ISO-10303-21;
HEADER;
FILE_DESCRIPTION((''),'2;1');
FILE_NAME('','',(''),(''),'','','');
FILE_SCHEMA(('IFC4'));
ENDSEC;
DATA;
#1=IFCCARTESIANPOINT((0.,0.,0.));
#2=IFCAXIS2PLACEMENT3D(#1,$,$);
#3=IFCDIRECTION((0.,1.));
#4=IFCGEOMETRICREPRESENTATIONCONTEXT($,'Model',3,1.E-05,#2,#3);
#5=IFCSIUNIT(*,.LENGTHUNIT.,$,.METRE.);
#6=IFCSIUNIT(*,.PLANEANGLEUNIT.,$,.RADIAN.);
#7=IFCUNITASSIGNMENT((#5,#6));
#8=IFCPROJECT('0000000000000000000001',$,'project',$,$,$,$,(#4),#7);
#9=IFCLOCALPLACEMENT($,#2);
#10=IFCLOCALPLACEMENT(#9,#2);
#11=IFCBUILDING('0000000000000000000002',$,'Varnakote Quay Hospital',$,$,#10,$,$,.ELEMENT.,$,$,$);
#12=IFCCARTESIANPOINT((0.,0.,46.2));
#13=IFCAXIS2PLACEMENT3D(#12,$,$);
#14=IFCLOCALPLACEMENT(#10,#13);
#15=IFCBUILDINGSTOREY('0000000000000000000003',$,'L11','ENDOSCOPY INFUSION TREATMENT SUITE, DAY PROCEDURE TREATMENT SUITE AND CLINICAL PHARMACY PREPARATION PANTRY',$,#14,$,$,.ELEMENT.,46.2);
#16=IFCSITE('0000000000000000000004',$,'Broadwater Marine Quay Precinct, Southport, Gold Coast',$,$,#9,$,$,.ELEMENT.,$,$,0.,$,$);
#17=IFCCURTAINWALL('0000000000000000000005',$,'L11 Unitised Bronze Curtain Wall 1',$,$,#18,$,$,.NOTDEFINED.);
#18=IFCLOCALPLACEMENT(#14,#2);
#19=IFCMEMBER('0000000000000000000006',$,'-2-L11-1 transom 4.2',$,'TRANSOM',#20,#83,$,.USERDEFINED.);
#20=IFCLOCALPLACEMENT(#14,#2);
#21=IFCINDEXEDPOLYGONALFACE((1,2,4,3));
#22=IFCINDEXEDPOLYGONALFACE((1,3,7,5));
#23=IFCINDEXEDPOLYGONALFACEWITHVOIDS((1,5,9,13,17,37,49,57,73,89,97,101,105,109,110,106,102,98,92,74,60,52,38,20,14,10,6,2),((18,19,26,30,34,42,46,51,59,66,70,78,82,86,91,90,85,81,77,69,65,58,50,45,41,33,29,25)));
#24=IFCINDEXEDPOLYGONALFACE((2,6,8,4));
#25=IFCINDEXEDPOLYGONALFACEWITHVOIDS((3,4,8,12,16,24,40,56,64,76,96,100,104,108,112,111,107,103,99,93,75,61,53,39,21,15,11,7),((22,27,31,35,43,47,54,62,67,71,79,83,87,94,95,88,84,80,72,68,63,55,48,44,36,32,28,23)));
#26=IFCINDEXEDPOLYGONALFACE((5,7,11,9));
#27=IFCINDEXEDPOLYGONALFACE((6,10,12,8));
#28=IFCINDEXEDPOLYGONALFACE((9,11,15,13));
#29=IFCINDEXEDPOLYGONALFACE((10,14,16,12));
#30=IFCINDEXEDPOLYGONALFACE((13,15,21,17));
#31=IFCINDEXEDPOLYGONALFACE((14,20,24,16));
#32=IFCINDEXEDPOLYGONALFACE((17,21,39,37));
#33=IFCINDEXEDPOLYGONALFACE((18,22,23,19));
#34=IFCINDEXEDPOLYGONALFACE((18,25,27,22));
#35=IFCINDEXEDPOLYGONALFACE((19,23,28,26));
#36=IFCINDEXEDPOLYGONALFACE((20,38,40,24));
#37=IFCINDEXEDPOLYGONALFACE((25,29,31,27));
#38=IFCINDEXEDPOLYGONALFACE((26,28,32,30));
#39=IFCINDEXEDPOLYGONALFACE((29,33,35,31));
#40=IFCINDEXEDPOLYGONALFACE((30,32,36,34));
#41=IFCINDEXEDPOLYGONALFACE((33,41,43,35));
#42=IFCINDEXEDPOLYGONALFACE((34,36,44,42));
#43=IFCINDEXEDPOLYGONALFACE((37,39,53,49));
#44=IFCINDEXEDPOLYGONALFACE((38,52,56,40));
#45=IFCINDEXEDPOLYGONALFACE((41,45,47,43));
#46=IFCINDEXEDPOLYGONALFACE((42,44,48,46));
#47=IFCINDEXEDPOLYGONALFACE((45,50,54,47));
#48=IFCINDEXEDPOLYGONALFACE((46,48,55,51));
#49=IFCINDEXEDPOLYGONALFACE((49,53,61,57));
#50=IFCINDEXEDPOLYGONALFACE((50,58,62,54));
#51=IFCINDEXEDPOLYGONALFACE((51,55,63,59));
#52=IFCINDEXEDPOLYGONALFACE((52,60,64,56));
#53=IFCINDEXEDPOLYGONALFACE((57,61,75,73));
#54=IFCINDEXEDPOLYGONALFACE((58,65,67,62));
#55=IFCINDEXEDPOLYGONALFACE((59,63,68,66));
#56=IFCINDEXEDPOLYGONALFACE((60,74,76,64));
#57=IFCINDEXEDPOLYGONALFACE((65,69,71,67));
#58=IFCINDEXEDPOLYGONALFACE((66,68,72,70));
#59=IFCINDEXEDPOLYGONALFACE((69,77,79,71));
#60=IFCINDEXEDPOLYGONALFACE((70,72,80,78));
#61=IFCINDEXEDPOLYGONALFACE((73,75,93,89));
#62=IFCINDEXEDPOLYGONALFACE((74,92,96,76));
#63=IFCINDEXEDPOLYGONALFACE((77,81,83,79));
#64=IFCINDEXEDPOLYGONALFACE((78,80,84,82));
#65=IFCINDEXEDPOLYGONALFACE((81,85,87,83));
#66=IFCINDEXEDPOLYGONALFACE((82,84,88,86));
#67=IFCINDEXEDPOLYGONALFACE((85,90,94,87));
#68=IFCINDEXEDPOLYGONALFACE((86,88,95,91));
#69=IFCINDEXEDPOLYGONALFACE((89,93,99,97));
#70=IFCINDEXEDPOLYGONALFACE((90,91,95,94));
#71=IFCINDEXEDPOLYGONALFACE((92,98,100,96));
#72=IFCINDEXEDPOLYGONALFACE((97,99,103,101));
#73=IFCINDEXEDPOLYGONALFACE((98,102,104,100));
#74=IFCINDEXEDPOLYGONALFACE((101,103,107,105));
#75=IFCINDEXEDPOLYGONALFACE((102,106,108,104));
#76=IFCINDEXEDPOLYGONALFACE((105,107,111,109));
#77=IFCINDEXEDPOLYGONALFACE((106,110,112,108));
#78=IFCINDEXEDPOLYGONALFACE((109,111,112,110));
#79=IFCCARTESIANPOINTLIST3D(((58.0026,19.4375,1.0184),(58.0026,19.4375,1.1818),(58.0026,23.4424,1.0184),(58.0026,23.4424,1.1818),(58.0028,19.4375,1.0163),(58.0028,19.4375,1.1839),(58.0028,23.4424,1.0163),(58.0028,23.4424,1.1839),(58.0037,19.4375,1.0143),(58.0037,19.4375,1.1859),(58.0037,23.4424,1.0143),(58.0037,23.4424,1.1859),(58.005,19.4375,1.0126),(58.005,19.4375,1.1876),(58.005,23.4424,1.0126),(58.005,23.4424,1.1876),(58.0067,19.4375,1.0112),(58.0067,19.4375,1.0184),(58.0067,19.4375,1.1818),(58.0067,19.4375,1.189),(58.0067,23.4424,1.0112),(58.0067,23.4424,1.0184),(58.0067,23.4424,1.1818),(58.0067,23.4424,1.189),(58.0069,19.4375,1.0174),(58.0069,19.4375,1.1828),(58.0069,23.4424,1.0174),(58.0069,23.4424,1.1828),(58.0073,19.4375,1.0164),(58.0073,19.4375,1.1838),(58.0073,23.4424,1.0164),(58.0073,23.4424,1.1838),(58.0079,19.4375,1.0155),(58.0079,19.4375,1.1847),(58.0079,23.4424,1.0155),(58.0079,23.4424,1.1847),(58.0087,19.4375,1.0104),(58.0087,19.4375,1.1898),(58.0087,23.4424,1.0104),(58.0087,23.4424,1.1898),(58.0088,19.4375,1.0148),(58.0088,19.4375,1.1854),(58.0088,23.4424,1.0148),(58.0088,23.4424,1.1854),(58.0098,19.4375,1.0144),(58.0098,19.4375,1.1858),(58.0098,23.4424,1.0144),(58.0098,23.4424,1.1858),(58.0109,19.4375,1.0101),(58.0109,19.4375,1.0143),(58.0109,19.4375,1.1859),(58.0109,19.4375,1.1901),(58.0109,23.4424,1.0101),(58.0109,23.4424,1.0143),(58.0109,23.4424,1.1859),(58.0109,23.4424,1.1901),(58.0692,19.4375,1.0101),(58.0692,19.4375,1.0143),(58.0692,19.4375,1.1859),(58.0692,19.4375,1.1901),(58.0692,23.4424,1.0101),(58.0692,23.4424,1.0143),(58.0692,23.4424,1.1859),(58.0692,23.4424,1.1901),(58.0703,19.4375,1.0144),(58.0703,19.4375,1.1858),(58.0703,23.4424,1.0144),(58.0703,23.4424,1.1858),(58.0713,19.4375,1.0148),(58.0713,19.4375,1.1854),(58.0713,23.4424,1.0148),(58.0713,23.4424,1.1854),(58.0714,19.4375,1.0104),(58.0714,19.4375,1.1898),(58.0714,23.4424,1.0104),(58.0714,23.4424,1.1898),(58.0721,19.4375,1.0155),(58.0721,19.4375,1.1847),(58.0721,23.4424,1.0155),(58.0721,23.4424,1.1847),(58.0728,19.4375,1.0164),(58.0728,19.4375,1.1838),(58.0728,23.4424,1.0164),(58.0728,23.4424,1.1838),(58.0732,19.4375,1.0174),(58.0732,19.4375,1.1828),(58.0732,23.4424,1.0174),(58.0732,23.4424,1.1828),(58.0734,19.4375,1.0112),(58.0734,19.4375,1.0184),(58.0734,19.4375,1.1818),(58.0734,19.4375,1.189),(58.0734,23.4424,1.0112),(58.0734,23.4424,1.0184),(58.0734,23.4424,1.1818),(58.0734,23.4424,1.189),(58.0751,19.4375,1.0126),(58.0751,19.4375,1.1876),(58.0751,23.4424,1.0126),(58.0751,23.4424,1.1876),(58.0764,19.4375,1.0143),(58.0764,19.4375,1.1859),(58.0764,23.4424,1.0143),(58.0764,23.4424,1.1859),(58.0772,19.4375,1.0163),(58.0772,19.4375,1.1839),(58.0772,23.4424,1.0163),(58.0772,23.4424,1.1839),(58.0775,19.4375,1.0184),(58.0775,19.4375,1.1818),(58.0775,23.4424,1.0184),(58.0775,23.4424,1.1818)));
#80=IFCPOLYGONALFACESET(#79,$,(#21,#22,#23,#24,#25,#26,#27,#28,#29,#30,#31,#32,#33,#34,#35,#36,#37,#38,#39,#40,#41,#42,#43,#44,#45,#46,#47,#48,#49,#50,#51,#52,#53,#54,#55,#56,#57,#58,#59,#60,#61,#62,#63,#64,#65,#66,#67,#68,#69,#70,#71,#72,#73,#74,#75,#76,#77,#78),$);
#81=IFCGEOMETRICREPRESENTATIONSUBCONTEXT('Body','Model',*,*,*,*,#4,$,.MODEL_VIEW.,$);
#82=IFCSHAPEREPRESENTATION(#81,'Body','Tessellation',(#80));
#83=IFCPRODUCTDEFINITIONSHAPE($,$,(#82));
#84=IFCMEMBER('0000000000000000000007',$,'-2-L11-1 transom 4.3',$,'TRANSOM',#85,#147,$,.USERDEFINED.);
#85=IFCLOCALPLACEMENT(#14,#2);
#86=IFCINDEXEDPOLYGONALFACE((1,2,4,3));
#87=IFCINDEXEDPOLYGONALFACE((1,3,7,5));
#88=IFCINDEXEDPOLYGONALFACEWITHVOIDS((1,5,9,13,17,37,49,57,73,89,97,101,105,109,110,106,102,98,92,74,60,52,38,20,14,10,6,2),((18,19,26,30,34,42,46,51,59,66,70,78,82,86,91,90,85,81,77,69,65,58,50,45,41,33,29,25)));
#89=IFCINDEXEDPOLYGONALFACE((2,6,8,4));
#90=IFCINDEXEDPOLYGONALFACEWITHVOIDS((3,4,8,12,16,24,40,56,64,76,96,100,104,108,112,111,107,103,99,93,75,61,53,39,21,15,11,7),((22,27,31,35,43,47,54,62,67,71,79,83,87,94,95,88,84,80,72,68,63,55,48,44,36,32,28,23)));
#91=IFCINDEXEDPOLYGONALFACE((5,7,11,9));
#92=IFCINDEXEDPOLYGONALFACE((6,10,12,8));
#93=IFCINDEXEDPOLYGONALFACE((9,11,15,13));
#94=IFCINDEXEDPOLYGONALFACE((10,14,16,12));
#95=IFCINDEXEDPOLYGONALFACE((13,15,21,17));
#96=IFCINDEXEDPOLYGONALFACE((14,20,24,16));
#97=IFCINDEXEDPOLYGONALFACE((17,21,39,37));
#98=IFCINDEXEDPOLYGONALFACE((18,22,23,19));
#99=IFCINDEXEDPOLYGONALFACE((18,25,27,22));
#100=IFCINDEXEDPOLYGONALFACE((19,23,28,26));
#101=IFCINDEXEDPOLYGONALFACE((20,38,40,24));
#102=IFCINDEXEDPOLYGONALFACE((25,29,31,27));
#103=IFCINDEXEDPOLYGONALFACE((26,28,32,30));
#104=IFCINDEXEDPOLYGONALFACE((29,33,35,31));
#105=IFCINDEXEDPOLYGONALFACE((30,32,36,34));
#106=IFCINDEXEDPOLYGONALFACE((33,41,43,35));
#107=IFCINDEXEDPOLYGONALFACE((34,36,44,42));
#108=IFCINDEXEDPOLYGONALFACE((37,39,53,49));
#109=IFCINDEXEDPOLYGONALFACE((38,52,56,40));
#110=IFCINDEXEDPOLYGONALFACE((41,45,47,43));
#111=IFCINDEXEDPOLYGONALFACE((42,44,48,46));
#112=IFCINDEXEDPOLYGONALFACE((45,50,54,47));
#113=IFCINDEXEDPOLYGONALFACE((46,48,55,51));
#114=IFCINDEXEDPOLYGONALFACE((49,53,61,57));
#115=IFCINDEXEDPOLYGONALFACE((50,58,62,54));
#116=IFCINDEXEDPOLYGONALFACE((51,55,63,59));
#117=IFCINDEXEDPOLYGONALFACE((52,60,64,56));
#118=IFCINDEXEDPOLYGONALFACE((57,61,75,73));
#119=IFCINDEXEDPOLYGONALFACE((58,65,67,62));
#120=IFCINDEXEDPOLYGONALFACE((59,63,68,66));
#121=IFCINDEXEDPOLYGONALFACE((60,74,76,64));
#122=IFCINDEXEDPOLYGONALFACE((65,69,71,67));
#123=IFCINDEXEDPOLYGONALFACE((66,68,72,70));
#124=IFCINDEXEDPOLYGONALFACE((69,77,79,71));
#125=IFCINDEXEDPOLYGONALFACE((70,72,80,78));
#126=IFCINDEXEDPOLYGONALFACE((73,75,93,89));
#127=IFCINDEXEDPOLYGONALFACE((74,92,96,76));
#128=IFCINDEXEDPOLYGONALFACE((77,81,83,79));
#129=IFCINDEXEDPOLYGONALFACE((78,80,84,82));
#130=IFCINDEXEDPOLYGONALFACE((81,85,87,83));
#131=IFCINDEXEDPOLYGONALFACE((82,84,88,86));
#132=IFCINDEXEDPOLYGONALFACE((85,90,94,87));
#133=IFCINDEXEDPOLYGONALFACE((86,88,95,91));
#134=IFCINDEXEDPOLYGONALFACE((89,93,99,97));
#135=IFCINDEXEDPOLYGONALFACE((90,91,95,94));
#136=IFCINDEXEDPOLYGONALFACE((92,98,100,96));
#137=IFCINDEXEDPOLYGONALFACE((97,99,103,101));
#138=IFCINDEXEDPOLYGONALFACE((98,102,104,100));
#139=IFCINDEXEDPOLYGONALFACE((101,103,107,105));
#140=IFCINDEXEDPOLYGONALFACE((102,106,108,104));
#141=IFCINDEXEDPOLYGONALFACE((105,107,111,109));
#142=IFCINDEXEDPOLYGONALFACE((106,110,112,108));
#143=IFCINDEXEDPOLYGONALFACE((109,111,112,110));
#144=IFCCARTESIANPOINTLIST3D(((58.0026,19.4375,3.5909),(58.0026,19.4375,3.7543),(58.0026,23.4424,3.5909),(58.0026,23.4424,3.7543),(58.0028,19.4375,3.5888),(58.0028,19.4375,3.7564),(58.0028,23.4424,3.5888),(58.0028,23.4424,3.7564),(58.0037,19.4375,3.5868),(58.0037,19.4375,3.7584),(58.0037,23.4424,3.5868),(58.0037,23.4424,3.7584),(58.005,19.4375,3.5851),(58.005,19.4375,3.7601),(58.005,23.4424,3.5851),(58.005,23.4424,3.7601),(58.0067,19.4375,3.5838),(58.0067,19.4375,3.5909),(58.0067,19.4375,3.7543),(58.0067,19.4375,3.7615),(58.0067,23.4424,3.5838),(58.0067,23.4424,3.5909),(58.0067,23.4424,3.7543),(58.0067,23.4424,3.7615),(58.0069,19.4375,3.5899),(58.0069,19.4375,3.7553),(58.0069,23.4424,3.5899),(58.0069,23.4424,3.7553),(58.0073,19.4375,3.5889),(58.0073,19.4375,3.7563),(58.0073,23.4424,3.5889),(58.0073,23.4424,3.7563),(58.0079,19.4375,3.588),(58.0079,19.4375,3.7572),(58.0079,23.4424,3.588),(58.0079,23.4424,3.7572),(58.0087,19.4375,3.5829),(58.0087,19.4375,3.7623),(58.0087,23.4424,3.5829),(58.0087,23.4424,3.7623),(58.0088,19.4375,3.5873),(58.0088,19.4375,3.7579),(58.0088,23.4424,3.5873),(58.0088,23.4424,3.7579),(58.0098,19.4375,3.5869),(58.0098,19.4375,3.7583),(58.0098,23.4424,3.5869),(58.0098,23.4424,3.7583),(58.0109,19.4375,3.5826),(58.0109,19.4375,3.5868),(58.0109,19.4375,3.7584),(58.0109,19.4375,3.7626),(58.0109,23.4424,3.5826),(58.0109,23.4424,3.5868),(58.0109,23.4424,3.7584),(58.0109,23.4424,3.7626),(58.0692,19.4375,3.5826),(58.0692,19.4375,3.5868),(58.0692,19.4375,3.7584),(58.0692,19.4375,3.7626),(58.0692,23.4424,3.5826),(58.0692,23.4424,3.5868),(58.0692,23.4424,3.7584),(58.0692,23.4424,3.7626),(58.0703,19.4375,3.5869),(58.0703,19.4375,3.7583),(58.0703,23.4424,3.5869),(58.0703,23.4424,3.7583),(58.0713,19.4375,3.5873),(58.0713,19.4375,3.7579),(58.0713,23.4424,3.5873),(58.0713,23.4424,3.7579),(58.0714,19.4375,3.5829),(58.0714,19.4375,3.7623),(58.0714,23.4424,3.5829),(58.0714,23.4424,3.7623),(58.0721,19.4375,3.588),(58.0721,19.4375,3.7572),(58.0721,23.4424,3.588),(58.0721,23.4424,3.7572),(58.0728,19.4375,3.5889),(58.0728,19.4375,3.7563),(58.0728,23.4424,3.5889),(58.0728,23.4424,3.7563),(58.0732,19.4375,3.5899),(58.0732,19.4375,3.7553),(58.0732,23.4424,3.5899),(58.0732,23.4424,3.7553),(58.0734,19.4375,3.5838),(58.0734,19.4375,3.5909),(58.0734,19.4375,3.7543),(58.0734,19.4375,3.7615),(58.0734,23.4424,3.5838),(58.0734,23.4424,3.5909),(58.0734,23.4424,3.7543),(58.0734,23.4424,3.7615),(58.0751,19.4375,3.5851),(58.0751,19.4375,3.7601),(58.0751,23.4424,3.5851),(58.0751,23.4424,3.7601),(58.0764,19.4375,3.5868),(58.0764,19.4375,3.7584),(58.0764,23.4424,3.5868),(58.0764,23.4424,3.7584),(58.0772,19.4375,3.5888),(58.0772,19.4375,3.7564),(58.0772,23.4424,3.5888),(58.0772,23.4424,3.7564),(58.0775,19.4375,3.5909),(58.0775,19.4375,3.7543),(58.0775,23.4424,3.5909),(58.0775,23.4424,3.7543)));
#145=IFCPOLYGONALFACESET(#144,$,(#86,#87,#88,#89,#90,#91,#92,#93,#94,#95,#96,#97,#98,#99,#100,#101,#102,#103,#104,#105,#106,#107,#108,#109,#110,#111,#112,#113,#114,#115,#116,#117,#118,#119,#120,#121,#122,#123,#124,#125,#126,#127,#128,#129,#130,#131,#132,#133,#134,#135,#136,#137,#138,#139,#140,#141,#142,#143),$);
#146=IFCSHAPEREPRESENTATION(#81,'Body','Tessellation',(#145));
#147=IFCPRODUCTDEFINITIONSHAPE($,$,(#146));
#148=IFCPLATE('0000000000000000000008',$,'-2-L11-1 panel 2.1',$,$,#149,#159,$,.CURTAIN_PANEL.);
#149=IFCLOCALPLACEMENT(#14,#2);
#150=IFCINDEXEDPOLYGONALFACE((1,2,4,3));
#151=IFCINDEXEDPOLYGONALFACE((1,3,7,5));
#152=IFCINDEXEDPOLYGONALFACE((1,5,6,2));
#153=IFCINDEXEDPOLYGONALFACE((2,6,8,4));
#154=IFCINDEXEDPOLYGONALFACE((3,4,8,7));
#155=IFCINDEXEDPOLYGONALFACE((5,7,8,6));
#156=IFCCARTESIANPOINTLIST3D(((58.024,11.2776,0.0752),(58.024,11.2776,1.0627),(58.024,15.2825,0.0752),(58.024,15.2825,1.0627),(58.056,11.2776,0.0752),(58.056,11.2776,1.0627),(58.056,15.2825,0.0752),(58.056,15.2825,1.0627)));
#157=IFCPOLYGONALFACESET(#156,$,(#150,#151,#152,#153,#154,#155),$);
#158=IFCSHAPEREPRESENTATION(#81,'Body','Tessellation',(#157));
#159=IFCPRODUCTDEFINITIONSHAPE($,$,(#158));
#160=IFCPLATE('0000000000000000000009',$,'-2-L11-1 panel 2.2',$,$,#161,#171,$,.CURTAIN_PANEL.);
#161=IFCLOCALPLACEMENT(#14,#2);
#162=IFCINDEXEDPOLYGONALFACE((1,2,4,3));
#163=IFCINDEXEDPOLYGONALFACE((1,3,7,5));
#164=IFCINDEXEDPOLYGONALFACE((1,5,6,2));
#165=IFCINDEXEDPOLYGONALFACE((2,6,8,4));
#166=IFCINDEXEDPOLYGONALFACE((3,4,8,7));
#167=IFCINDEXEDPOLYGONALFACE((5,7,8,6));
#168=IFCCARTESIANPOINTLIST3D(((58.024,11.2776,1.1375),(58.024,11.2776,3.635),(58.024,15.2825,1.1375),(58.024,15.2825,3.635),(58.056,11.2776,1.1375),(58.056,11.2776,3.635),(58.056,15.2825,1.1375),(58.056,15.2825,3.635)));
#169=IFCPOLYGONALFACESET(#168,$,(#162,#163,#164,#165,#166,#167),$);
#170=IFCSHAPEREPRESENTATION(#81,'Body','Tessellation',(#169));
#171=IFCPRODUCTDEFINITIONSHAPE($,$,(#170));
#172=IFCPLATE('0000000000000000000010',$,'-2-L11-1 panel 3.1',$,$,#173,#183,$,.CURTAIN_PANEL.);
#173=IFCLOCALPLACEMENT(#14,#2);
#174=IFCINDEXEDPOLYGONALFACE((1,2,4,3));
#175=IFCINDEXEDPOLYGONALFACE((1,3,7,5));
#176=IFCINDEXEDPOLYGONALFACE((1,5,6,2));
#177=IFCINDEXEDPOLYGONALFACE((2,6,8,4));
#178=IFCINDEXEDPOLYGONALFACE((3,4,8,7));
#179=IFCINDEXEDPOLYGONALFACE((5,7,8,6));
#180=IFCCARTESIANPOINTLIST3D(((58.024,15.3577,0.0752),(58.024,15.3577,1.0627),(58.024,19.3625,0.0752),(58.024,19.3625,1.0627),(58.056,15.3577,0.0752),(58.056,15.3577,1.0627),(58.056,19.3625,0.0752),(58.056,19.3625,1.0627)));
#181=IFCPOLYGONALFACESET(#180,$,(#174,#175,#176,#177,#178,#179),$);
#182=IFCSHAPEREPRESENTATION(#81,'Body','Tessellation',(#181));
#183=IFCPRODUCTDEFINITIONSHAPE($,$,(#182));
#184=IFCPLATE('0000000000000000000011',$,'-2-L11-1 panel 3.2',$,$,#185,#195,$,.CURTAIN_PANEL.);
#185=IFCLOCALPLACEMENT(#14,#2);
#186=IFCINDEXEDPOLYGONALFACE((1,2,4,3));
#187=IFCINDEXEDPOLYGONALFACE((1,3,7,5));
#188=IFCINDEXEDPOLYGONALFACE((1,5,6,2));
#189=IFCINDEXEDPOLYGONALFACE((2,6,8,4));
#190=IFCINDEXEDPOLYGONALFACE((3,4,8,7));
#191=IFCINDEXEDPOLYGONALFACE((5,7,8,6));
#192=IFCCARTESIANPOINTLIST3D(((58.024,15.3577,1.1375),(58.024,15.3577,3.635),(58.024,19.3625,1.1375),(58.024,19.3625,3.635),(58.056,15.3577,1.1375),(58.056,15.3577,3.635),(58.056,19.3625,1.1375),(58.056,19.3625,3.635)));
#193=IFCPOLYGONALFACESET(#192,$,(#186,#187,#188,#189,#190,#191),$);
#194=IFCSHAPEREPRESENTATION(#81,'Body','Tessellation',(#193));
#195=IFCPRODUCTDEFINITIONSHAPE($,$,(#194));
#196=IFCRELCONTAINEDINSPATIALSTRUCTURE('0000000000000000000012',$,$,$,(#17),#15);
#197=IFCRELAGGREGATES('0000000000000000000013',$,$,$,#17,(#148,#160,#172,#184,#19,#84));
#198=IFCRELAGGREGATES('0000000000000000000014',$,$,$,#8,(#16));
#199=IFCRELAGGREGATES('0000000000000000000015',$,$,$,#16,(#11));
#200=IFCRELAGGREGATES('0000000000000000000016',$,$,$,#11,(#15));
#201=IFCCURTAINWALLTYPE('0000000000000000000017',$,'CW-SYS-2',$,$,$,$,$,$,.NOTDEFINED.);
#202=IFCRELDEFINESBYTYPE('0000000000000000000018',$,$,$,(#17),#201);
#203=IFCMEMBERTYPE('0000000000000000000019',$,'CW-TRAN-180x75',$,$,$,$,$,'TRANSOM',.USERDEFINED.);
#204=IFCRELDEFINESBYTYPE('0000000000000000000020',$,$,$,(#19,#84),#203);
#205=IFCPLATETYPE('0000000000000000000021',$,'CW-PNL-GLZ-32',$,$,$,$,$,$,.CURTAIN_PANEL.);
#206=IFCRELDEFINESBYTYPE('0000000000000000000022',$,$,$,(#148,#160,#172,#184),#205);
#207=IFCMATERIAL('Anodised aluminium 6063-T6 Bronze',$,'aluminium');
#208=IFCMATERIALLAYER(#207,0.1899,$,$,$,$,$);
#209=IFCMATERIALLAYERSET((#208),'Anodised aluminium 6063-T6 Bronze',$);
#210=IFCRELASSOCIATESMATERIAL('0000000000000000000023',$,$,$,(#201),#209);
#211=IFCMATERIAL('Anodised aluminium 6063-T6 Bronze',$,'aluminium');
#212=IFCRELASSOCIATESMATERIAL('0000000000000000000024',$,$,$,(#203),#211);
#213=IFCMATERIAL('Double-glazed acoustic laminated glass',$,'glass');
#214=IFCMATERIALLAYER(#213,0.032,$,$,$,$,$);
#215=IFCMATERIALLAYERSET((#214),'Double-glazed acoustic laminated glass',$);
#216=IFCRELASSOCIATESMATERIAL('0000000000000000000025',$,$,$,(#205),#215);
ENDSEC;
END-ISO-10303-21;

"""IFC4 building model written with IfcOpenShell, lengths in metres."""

from ifc_helpers import new_model, si_unit, direction, frame, origin, origin_2d, place, context, subcontext, project, spatial, rectangle, hollow_rectangle, extrude, material, layer, layer_set, material_profile, profile_set, type_object, element, aggregate, save


model = new_model("IFC4")

# Units and contexts
model_context = context("Model", 3, precision=1e-05, world=origin(), true_north=direction((0.0, 1.0)))
body_context = subcontext(model_context, "Body", "Model", "MODEL_VIEW")
ifc_project = project(units=[si_unit("LENGTHUNIT", "METRE"), si_unit("PLANEANGLEUNIT", "RADIAN")], contexts=[model_context])

# Site, building, storey
site_placement = place(None, origin())
site = spatial("IfcSite", under=ifc_project, at=site_placement, Name="Broadwater Marine Quay Precinct, Southport, Gold Coast", CompositionType="ELEMENT", RefElevation=0.0)
building_placement = place(site_placement, origin())
building = spatial("IfcBuilding", under=site, at=building_placement, Name="Varnakote Quay Hospital", CompositionType="ELEMENT")
storey_placement = place(building_placement, frame((0.0, 0.0, 46.2)))
storey = spatial("IfcBuildingStorey", under=building, at=storey_placement, Name="L11", Description="ENDOSCOPY INFUSION TREATMENT SUITE, DAY PROCEDURE TREATMENT SUITE AND CLINICAL PHARMACY PREPARATION PANTRY", CompositionType="ELEMENT", Elevation=46.2)

# Curtain wall, members, plates
ifc_material_1 = material(Name="Anodised aluminium 6063-T6 Bronze", Category="aluminium")
ifc_layer_1 = layer(ifc_material_1, 0.1899)
ifc_layer_set_1 = layer_set([ifc_layer_1], Name="Anodised aluminium 6063-T6 Bronze")
curtain_wall_type = type_object("IfcCurtainWallType", Name="CW-SYS-2", PredefinedType="NOTDEFINED", material=ifc_layer_set_1)
curtain_wall_placement = place(storey_placement, origin())
curtain_wall = element("IfcCurtainWall", 1, at=curtain_wall_placement, inside=storey, type_object=curtain_wall_type, Name="L11 Unitised Bronze Curtain Wall 1", PredefinedType="NOTDEFINED")
ifc_material_2 = material(Name="Anodised aluminium 6063-T6 Bronze", Category="aluminium")
ifc_material_profile_1 = material_profile(ifc_material_2, hollow_rectangle(XDim=0.075, YDim=0.1799, WallThickness=0.0042, InnerFilletRadius=0.0042, OuterFilletRadius=0.0083, at=origin_2d()), Name="CW-TRAN-180x75")
ifc_profile_set_1 = profile_set([ifc_material_profile_1], Name="Anodised aluminium 6063-T6 Bronze")
member_type_1 = type_object("IfcMemberType", Name="CW-TRAN-180x75", ElementType="TRANSOM", PredefinedType="USERDEFINED", material=ifc_profile_set_1)
member_1_placement = place(storey_placement, frame((58.04, 19.4375, 1.1001), z_axis=(0.0, 1.0, 0.0), x_axis=(-1.0, 0.0, 0.0)))
member_1 = element("IfcMember", 2, at=member_1_placement, type_object=member_type_1, Name="-2-L11-1 transom 4.2", ObjectType="TRANSOM", PredefinedType="USERDEFINED", context=body_context, shape_type="SweptSolid", body=[
    extrude(hollow_rectangle(XDim=0.075, YDim=0.1799, WallThickness=0.0042, InnerFilletRadius=0.0042, OuterFilletRadius=0.0083, at=origin_2d()), origin(), (0.0, 0.0, 1.0), 4.0049),
])
member_2_placement = place(storey_placement, frame((58.04, 19.4375, 3.6726), z_axis=(0.0, 1.0, 0.0), x_axis=(-1.0, 0.0, 0.0)))
member_2 = element("IfcMember", 3, at=member_2_placement, type_object=member_type_1, Name="-2-L11-1 transom 4.3", ObjectType="TRANSOM", PredefinedType="USERDEFINED", context=body_context, shape_type="SweptSolid", body=[
    extrude(hollow_rectangle(XDim=0.075, YDim=0.1799, WallThickness=0.0042, InnerFilletRadius=0.0042, OuterFilletRadius=0.0083, at=origin_2d()), origin(), (0.0, 0.0, 1.0), 4.0049),
])
ifc_material_3 = material(Name="Double-glazed acoustic laminated glass", Category="glass")
ifc_layer_2 = layer(ifc_material_3, 0.032)
ifc_layer_set_2 = layer_set([ifc_layer_2], Name="Double-glazed acoustic laminated glass")
plate_type = type_object("IfcPlateType", Name="CW-PNL-GLZ-32", PredefinedType="CURTAIN_PANEL", material=ifc_layer_set_2)
plate_1_placement = place(storey_placement, frame((58.04, 13.28, 0.0752), z_axis=(0.0, 0.0, 1.0), x_axis=(0.0, 1.0, 0.0)))
plate_1 = element("IfcPlate", 4, at=plate_1_placement, type_object=plate_type, Name="-2-L11-1 panel 2.1", PredefinedType="CURTAIN_PANEL", context=body_context, shape_type="SweptSolid", body=[
    extrude(rectangle(XDim=4.0049, YDim=0.032, at=origin_2d()), origin(), (0.0, 0.0, 1.0), 0.9875),
])
plate_2_placement = place(storey_placement, frame((58.04, 13.28, 1.1375), z_axis=(0.0, 0.0, 1.0), x_axis=(0.0, 1.0, 0.0)))
plate_2 = element("IfcPlate", 5, at=plate_2_placement, type_object=plate_type, Name="-2-L11-1 panel 2.2", PredefinedType="CURTAIN_PANEL", context=body_context, shape_type="SweptSolid", body=[
    extrude(rectangle(XDim=4.0049, YDim=0.032, at=origin_2d()), origin(), (0.0, 0.0, 1.0), 2.4976),
])
plate_3_placement = place(storey_placement, frame((58.04, 17.3601, 0.0752), z_axis=(0.0, 0.0, 1.0), x_axis=(0.0, 1.0, 0.0)))
plate_3 = element("IfcPlate", 6, at=plate_3_placement, type_object=plate_type, Name="-2-L11-1 panel 3.1", PredefinedType="CURTAIN_PANEL", context=body_context, shape_type="SweptSolid", body=[
    extrude(rectangle(XDim=4.0049, YDim=0.032, at=origin_2d()), origin(), (0.0, 0.0, 1.0), 0.9875),
])
plate_4_placement = place(storey_placement, frame((58.04, 17.3601, 1.1375), z_axis=(0.0, 0.0, 1.0), x_axis=(0.0, 1.0, 0.0)))
plate_4 = element("IfcPlate", 7, at=plate_4_placement, type_object=plate_type, Name="-2-L11-1 panel 3.2", PredefinedType="CURTAIN_PANEL", context=body_context, shape_type="SweptSolid", body=[
    extrude(rectangle(XDim=4.0049, YDim=0.032, at=origin_2d()), origin(), (0.0, 0.0, 1.0), 2.4976),
])
aggregate(curtain_wall, [plate_1, plate_2, plate_3, plate_4, member_1, member_2])

save(model, "model.ifc")
